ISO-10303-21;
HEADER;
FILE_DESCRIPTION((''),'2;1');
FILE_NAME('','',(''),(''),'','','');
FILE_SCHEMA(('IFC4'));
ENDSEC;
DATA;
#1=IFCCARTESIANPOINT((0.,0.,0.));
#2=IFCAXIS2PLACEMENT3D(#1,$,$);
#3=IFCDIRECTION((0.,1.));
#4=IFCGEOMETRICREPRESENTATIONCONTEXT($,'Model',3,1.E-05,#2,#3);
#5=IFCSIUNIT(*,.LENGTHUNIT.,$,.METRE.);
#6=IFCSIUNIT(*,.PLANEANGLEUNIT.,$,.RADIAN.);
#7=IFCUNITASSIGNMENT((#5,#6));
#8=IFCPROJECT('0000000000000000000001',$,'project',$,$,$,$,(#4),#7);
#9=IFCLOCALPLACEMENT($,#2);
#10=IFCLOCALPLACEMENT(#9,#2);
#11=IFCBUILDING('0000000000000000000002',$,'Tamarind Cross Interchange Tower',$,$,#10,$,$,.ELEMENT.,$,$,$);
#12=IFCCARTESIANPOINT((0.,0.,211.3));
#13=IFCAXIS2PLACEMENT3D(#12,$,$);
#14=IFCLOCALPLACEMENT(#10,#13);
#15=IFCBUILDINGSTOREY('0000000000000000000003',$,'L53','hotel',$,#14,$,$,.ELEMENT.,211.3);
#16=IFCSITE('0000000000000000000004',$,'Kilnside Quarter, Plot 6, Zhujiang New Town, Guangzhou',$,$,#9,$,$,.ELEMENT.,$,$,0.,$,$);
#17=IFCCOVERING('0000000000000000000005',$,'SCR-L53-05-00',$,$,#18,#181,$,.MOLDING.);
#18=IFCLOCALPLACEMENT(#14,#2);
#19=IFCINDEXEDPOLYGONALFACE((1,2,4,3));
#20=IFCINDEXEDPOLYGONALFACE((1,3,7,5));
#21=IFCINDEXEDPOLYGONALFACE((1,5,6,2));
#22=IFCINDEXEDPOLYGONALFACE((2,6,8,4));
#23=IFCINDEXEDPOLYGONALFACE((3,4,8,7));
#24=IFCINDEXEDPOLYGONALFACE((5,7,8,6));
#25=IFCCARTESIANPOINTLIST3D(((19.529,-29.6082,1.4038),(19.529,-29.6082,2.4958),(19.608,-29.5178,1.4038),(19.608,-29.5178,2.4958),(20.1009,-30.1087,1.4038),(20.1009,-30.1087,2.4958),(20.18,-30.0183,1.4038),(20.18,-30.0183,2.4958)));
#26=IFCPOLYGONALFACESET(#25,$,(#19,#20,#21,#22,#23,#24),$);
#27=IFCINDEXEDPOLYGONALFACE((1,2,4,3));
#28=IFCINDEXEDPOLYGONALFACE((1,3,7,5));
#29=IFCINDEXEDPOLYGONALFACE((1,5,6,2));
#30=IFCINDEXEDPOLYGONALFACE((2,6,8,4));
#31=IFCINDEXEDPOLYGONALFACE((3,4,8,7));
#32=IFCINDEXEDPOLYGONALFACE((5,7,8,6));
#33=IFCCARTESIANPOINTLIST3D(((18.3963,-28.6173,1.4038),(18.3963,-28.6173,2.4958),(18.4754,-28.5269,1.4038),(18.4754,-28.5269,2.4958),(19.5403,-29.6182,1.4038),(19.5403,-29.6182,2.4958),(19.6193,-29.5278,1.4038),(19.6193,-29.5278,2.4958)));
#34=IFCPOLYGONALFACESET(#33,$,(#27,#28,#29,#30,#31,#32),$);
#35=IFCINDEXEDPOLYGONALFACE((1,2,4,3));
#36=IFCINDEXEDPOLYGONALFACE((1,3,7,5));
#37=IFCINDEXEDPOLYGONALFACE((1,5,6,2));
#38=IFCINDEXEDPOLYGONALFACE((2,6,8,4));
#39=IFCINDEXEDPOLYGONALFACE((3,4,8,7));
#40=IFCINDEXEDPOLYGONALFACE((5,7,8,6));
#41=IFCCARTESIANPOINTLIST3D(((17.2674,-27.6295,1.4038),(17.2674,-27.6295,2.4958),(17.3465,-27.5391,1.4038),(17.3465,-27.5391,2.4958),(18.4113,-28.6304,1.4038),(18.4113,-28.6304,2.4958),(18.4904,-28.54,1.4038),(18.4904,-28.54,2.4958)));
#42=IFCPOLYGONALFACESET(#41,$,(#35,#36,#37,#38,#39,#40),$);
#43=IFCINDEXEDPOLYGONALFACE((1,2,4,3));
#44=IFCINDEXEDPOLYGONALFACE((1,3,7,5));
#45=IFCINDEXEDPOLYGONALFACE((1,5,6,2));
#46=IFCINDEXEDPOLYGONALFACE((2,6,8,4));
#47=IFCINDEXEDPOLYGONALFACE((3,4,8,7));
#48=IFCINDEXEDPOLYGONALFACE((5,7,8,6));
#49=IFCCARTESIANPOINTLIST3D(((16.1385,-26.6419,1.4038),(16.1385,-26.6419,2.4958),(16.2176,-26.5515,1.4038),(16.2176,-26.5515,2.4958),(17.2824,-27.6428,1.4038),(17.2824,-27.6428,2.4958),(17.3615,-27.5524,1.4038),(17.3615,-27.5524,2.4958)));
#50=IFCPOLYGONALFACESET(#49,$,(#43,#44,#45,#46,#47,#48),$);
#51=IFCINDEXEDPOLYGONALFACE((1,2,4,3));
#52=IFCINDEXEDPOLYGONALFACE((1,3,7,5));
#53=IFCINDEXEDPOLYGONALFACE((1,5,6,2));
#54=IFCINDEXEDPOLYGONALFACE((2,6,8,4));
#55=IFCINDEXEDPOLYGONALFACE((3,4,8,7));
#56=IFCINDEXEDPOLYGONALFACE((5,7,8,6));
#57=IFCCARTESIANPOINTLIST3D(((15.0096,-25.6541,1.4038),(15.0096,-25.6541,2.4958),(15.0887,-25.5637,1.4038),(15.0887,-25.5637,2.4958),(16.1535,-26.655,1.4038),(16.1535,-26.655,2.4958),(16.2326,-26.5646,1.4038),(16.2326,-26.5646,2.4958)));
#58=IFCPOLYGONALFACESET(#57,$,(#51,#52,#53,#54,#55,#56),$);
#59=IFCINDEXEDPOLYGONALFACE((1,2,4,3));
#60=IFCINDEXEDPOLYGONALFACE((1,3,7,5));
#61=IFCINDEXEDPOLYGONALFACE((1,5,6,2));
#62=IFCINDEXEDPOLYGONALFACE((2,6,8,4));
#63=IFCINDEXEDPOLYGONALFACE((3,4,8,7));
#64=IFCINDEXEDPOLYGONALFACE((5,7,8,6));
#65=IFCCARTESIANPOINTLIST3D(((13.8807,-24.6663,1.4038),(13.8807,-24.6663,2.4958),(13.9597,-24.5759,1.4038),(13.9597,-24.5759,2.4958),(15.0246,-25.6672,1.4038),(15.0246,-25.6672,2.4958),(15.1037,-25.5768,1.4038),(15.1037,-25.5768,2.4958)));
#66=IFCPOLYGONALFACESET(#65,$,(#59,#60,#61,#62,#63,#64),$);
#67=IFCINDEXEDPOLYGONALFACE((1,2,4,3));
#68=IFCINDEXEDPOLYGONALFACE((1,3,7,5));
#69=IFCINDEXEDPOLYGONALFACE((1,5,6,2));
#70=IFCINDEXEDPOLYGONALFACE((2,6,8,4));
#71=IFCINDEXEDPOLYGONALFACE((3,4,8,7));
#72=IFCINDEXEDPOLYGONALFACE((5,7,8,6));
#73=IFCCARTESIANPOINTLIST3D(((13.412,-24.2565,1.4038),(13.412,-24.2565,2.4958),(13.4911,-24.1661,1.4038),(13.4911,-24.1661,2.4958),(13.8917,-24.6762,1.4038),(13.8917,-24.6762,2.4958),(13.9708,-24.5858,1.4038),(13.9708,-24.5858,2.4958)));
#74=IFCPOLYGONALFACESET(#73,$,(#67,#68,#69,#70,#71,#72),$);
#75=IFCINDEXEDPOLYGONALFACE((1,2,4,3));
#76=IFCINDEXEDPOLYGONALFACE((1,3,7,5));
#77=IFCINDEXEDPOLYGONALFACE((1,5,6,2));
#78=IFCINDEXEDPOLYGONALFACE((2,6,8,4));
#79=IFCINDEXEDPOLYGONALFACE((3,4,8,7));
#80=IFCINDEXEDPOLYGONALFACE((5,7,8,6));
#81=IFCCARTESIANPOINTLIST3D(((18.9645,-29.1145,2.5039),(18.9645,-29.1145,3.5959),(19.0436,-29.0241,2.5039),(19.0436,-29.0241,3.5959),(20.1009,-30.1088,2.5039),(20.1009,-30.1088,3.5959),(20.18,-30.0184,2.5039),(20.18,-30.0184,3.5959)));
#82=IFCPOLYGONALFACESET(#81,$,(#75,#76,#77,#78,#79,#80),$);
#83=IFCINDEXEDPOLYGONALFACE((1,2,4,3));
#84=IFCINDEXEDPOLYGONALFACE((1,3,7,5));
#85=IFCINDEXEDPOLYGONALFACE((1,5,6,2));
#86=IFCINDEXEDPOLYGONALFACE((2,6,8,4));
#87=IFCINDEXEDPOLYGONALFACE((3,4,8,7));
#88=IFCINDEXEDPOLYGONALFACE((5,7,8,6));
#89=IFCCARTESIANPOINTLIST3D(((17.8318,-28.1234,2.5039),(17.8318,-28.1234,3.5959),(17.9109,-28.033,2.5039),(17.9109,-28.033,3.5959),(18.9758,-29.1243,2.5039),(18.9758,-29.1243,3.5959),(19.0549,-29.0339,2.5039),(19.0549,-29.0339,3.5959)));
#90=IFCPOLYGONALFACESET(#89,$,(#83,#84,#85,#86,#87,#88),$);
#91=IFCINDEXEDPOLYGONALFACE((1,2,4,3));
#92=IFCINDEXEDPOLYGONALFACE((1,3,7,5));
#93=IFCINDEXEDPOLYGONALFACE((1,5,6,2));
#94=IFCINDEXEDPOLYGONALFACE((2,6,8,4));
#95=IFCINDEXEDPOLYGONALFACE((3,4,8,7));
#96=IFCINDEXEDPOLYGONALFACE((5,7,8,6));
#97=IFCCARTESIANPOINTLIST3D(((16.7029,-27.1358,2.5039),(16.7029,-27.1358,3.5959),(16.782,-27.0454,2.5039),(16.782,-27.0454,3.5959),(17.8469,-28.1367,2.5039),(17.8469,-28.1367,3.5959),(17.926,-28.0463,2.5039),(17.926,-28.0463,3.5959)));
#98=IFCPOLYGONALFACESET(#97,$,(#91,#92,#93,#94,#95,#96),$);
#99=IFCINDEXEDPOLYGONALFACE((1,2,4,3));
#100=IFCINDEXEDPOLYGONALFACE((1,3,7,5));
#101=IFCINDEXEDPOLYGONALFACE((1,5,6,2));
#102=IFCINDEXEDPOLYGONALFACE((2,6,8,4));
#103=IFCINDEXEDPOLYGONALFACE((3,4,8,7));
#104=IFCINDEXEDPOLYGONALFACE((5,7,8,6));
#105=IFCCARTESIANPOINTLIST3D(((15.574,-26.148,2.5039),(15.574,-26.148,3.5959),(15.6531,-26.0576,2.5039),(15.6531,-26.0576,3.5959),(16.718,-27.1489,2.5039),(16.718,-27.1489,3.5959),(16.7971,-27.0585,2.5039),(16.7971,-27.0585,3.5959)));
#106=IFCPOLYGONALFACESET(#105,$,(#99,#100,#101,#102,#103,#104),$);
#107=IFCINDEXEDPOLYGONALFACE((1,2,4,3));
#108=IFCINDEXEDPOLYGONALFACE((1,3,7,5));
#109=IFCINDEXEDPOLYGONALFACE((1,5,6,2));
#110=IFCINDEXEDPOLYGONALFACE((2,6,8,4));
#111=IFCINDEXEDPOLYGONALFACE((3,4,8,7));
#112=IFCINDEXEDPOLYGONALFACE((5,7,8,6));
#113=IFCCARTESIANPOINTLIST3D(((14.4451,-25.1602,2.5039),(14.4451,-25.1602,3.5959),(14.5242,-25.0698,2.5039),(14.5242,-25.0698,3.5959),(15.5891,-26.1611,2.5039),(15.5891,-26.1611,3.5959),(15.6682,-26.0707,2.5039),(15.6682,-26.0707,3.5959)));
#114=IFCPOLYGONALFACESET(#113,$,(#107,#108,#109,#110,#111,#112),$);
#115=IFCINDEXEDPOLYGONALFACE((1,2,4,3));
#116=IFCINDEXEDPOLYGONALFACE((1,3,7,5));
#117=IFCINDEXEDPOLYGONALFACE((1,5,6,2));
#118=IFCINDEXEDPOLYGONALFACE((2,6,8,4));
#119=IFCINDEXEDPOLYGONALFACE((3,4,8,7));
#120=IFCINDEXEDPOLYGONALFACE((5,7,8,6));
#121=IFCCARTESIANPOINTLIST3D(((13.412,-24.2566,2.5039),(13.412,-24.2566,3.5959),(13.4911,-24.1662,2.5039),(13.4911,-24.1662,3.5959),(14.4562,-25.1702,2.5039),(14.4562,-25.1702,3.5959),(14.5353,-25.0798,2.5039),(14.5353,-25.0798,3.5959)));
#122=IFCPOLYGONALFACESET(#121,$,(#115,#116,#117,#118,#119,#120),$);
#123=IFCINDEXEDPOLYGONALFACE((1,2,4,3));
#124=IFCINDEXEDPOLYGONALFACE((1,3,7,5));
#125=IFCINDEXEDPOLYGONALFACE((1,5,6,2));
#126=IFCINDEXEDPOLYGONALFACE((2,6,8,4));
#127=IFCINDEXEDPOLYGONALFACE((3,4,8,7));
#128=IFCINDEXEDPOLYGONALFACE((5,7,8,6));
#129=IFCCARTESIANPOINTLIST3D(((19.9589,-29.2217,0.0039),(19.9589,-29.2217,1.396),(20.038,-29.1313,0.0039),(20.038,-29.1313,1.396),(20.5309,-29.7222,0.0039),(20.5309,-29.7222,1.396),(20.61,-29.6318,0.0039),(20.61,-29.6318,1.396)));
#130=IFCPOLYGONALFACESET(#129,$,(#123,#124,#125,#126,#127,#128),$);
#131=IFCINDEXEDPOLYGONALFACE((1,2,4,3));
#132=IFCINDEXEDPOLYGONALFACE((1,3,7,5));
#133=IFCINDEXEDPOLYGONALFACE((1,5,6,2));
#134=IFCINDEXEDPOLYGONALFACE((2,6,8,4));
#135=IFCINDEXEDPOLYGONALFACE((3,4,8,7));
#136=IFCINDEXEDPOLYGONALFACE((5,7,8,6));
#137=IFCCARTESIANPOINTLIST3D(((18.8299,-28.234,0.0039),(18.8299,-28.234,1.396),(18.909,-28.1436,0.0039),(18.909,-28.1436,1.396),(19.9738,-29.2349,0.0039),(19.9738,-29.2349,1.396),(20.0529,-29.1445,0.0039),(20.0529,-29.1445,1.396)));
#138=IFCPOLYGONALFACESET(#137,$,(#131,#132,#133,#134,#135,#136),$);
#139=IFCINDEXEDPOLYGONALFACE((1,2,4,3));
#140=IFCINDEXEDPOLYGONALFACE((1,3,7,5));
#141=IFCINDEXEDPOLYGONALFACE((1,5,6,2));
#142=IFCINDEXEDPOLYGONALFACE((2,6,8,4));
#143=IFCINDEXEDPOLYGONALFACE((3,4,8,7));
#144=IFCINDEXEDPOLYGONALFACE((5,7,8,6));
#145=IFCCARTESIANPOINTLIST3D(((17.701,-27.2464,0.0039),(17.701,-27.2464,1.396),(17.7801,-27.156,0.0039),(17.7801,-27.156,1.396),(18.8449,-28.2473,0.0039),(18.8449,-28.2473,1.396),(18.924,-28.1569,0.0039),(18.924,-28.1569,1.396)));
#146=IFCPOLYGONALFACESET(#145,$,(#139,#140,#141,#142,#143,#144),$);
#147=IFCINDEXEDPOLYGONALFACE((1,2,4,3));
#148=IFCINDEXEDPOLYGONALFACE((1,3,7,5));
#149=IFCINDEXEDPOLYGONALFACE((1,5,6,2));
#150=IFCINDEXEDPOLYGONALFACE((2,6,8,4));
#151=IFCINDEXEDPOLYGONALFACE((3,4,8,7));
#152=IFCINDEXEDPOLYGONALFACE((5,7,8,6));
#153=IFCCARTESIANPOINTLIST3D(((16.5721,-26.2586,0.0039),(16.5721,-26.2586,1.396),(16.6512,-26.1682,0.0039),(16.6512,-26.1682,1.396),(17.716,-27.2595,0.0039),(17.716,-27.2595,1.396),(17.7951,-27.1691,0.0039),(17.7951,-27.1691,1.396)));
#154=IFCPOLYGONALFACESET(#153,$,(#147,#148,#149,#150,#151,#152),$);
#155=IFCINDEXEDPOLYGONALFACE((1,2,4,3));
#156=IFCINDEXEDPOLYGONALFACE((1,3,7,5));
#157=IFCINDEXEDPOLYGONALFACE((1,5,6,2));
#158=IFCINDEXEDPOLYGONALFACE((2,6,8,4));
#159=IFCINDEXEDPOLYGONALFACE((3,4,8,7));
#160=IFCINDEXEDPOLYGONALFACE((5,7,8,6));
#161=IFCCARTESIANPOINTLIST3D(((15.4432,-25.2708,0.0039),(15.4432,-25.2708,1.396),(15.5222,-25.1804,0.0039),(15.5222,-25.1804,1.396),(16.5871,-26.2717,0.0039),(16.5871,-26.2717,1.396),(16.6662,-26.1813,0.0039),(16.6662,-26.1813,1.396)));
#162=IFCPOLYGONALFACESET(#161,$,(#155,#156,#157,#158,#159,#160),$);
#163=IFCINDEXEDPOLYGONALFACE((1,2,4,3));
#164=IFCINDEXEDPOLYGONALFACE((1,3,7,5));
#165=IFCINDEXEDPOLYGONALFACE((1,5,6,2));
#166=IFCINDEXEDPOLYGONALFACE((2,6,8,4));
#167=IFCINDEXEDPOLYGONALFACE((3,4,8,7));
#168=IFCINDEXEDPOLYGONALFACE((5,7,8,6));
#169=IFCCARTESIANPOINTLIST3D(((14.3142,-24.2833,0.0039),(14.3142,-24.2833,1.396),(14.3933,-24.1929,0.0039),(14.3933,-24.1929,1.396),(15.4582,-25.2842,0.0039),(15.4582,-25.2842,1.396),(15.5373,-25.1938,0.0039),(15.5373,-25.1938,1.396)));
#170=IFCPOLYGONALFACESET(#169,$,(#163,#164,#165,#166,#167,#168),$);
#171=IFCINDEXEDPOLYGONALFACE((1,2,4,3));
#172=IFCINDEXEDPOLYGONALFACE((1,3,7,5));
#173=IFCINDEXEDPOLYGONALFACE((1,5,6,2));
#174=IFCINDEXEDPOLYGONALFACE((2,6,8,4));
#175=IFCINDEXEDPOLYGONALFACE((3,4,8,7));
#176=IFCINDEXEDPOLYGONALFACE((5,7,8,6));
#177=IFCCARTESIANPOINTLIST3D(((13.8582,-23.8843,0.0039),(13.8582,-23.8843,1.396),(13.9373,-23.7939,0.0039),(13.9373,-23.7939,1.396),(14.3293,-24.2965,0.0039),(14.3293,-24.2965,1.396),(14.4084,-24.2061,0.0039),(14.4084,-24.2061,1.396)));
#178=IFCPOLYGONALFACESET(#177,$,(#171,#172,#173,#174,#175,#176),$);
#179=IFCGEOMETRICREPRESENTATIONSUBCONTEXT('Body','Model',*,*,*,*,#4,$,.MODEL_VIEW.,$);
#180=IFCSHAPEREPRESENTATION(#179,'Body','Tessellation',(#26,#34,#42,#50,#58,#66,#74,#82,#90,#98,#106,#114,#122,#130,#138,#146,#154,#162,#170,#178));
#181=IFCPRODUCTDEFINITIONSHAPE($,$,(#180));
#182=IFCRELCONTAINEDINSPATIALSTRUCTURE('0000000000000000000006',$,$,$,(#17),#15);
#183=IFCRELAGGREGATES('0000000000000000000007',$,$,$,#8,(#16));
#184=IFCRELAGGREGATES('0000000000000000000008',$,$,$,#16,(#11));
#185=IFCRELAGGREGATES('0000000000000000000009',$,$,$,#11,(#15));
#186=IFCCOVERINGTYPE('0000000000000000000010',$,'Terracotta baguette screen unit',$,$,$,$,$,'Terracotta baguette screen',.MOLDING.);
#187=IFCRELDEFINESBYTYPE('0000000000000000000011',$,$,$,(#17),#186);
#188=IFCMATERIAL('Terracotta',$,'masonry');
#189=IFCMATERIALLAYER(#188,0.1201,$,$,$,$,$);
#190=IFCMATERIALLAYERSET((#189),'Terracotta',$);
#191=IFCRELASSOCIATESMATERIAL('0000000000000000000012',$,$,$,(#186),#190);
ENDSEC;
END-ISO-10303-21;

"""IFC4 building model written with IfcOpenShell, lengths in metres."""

from ifc_helpers import new_model, si_unit, direction, frame, origin, origin_2d, place, context, subcontext, project, spatial, rectangle, extrude, material, layer, layer_set, type_object, element, save


model = new_model("IFC4")

# Units and contexts
model_context = context("Model", 3, precision=1e-05, world=origin(), true_north=direction((0.0, 1.0)))
body_context = subcontext(model_context, "Body", "Model", "MODEL_VIEW")
ifc_project = project(units=[si_unit("LENGTHUNIT", "METRE"), si_unit("PLANEANGLEUNIT", "RADIAN")], contexts=[model_context])

# Site, building, storey
site_placement = place(None, origin())
site = spatial("IfcSite", under=ifc_project, at=site_placement, Name="Kilnside Quarter, Plot 6, Zhujiang New Town, Guangzhou", CompositionType="ELEMENT", RefElevation=0.0)
building_placement = place(site_placement, origin())
building = spatial("IfcBuilding", under=site, at=building_placement, Name="Tamarind Cross Interchange Tower", CompositionType="ELEMENT")
storey_placement = place(building_placement, frame((0.0, 0.0, 211.3)))
storey = spatial("IfcBuildingStorey", under=building, at=storey_placement, Name="L53", Description="hotel", CompositionType="ELEMENT", Elevation=211.3)

# Covering
ifc_material_1 = material(Name="Terracotta", Category="masonry")
ifc_layer_1 = layer(ifc_material_1, 0.1201)
ifc_layer_set_1 = layer_set([ifc_layer_1], Name="Terracotta")
covering_type = type_object("IfcCoveringType", Name="Terracotta baguette screen unit", ElementType="Terracotta baguette screen", PredefinedType="MOLDING", material=ifc_layer_set_1)
covering_1_placement = place(storey_placement, origin())
element("IfcCovering", 1, at=covering_1_placement, inside=storey, type_object=covering_type, Name="SCR-L53-05-00", PredefinedType="MOLDING", context=body_context, shape_type="SweptSolid", body=[
    extrude(rectangle(XDim=0.76, YDim=0.1201, at=origin_2d()), frame((19.8545, -29.8132, 1.4038), z_axis=(0.0, 0.0, 1.0), x_axis=(-0.752605, 0.658472, 0.0)), (0.0, 0.0, 1.0), 1.092),
    extrude(rectangle(XDim=1.52, YDim=0.1201, at=origin_2d()), frame((19.0078, -29.0725, 1.4038), z_axis=(0.0, 0.0, 1.0), x_axis=(-0.752605, 0.658472, 0.0)), (0.0, 0.0, 1.0), 1.092),
    extrude(rectangle(XDim=1.52, YDim=0.1201, at=origin_2d()), frame((17.8789, -28.0847, 1.4038), z_axis=(0.0, 0.0, 1.0), x_axis=(-0.752605, 0.658472, 0.0)), (0.0, 0.0, 1.0), 1.092),
    extrude(rectangle(XDim=1.52, YDim=0.1201, at=origin_2d()), frame((16.75, -27.0972, 1.4038), z_axis=(0.0, 0.0, 1.0), x_axis=(-0.752605, 0.658472, 0.0)), (0.0, 0.0, 1.0), 1.092),
    extrude(rectangle(XDim=1.52, YDim=0.1201, at=origin_2d()), frame((15.6211, -26.1094, 1.4038), z_axis=(0.0, 0.0, 1.0), x_axis=(-0.752605, 0.658472, 0.0)), (0.0, 0.0, 1.0), 1.092),
    extrude(rectangle(XDim=1.52, YDim=0.1201, at=origin_2d()), frame((14.4922, -25.1216, 1.4038), z_axis=(0.0, 0.0, 1.0), x_axis=(-0.752605, 0.658472, 0.0)), (0.0, 0.0, 1.0), 1.092),
    extrude(rectangle(XDim=0.6375, YDim=0.1201, at=origin_2d()), frame((13.6914, -24.4211, 1.4038), z_axis=(0.0, 0.0, 1.0), x_axis=(-0.752605, 0.658472, 0.0)), (0.0, 0.0, 1.0), 1.092),
    extrude(rectangle(XDim=1.51, YDim=0.1201, at=origin_2d()), frame((19.5723, -29.5664, 2.5039), z_axis=(0.0, 0.0, 1.0), x_axis=(-0.752605, 0.658472, 0.0)), (0.0, 0.0, 1.0), 1.092),
    extrude(rectangle(XDim=1.52, YDim=0.1201, at=origin_2d()), frame((18.4434, -28.5786, 2.5039), z_axis=(0.0, 0.0, 1.0), x_axis=(-0.752605, 0.658472, 0.0)), (0.0, 0.0, 1.0), 1.092),
    extrude(rectangle(XDim=1.52, YDim=0.1201, at=origin_2d()), frame((17.3145, -27.5911, 2.5039), z_axis=(0.0, 0.0, 1.0), x_axis=(-0.752605, 0.658472, 0.0)), (0.0, 0.0, 1.0), 1.092),
    extrude(rectangle(XDim=1.52, YDim=0.1201, at=origin_2d()), frame((16.1855, -26.6033, 2.5039), z_axis=(0.0, 0.0, 1.0), x_axis=(-0.752605, 0.658472, 0.0)), (0.0, 0.0, 1.0), 1.092),
    extrude(rectangle(XDim=1.52, YDim=0.1201, at=origin_2d()), frame((15.0566, -25.6155, 2.5039), z_axis=(0.0, 0.0, 1.0), x_axis=(-0.752605, 0.658472, 0.0)), (0.0, 0.0, 1.0), 1.092),
    extrude(rectangle(XDim=1.3875, YDim=0.1201, at=origin_2d()), frame((13.9736, -24.6682, 2.5039), z_axis=(0.0, 0.0, 1.0), x_axis=(-0.752605, 0.658472, 0.0)), (0.0, 0.0, 1.0), 1.092),
    extrude(rectangle(XDim=0.76, YDim=0.1201, at=origin_2d()), frame((20.2844, -29.4268, 0.0039), z_axis=(0.0, 0.0, 1.0), x_axis=(-0.752605, 0.658472, 0.0)), (0.0, 0.0, 1.0), 1.3921),
    extrude(rectangle(XDim=1.52, YDim=0.1201, at=origin_2d()), frame((19.4414, -28.6892, 0.0039), z_axis=(0.0, 0.0, 1.0), x_axis=(-0.752605, 0.658472, 0.0)), (0.0, 0.0, 1.0), 1.3921),
    extrude(rectangle(XDim=1.52, YDim=0.1201, at=origin_2d()), frame((18.3125, -27.7017, 0.0039), z_axis=(0.0, 0.0, 1.0), x_axis=(-0.752605, 0.658472, 0.0)), (0.0, 0.0, 1.0), 1.3921),
    extrude(rectangle(XDim=1.52, YDim=0.1201, at=origin_2d()), frame((17.1836, -26.7139, 0.0039), z_axis=(0.0, 0.0, 1.0), x_axis=(-0.752605, 0.658472, 0.0)), (0.0, 0.0, 1.0), 1.3921),
    extrude(rectangle(XDim=1.52, YDim=0.1201, at=origin_2d()), frame((16.0547, -25.7261, 0.0039), z_axis=(0.0, 0.0, 1.0), x_axis=(-0.752605, 0.658472, 0.0)), (0.0, 0.0, 1.0), 1.3921),
    extrude(rectangle(XDim=1.52, YDim=0.1201, at=origin_2d()), frame((14.9258, -24.7385, 0.0039), z_axis=(0.0, 0.0, 1.0), x_axis=(-0.752605, 0.658472, 0.0)), (0.0, 0.0, 1.0), 1.3921),
    extrude(rectangle(XDim=0.626, YDim=0.1201, at=origin_2d()), frame((14.1333, -24.0452, 0.0039), z_axis=(0.0, 0.0, 1.0), x_axis=(-0.752605, 0.658472, 0.0)), (0.0, 0.0, 1.0), 1.3921),
])

save(model, "model.ifc")
